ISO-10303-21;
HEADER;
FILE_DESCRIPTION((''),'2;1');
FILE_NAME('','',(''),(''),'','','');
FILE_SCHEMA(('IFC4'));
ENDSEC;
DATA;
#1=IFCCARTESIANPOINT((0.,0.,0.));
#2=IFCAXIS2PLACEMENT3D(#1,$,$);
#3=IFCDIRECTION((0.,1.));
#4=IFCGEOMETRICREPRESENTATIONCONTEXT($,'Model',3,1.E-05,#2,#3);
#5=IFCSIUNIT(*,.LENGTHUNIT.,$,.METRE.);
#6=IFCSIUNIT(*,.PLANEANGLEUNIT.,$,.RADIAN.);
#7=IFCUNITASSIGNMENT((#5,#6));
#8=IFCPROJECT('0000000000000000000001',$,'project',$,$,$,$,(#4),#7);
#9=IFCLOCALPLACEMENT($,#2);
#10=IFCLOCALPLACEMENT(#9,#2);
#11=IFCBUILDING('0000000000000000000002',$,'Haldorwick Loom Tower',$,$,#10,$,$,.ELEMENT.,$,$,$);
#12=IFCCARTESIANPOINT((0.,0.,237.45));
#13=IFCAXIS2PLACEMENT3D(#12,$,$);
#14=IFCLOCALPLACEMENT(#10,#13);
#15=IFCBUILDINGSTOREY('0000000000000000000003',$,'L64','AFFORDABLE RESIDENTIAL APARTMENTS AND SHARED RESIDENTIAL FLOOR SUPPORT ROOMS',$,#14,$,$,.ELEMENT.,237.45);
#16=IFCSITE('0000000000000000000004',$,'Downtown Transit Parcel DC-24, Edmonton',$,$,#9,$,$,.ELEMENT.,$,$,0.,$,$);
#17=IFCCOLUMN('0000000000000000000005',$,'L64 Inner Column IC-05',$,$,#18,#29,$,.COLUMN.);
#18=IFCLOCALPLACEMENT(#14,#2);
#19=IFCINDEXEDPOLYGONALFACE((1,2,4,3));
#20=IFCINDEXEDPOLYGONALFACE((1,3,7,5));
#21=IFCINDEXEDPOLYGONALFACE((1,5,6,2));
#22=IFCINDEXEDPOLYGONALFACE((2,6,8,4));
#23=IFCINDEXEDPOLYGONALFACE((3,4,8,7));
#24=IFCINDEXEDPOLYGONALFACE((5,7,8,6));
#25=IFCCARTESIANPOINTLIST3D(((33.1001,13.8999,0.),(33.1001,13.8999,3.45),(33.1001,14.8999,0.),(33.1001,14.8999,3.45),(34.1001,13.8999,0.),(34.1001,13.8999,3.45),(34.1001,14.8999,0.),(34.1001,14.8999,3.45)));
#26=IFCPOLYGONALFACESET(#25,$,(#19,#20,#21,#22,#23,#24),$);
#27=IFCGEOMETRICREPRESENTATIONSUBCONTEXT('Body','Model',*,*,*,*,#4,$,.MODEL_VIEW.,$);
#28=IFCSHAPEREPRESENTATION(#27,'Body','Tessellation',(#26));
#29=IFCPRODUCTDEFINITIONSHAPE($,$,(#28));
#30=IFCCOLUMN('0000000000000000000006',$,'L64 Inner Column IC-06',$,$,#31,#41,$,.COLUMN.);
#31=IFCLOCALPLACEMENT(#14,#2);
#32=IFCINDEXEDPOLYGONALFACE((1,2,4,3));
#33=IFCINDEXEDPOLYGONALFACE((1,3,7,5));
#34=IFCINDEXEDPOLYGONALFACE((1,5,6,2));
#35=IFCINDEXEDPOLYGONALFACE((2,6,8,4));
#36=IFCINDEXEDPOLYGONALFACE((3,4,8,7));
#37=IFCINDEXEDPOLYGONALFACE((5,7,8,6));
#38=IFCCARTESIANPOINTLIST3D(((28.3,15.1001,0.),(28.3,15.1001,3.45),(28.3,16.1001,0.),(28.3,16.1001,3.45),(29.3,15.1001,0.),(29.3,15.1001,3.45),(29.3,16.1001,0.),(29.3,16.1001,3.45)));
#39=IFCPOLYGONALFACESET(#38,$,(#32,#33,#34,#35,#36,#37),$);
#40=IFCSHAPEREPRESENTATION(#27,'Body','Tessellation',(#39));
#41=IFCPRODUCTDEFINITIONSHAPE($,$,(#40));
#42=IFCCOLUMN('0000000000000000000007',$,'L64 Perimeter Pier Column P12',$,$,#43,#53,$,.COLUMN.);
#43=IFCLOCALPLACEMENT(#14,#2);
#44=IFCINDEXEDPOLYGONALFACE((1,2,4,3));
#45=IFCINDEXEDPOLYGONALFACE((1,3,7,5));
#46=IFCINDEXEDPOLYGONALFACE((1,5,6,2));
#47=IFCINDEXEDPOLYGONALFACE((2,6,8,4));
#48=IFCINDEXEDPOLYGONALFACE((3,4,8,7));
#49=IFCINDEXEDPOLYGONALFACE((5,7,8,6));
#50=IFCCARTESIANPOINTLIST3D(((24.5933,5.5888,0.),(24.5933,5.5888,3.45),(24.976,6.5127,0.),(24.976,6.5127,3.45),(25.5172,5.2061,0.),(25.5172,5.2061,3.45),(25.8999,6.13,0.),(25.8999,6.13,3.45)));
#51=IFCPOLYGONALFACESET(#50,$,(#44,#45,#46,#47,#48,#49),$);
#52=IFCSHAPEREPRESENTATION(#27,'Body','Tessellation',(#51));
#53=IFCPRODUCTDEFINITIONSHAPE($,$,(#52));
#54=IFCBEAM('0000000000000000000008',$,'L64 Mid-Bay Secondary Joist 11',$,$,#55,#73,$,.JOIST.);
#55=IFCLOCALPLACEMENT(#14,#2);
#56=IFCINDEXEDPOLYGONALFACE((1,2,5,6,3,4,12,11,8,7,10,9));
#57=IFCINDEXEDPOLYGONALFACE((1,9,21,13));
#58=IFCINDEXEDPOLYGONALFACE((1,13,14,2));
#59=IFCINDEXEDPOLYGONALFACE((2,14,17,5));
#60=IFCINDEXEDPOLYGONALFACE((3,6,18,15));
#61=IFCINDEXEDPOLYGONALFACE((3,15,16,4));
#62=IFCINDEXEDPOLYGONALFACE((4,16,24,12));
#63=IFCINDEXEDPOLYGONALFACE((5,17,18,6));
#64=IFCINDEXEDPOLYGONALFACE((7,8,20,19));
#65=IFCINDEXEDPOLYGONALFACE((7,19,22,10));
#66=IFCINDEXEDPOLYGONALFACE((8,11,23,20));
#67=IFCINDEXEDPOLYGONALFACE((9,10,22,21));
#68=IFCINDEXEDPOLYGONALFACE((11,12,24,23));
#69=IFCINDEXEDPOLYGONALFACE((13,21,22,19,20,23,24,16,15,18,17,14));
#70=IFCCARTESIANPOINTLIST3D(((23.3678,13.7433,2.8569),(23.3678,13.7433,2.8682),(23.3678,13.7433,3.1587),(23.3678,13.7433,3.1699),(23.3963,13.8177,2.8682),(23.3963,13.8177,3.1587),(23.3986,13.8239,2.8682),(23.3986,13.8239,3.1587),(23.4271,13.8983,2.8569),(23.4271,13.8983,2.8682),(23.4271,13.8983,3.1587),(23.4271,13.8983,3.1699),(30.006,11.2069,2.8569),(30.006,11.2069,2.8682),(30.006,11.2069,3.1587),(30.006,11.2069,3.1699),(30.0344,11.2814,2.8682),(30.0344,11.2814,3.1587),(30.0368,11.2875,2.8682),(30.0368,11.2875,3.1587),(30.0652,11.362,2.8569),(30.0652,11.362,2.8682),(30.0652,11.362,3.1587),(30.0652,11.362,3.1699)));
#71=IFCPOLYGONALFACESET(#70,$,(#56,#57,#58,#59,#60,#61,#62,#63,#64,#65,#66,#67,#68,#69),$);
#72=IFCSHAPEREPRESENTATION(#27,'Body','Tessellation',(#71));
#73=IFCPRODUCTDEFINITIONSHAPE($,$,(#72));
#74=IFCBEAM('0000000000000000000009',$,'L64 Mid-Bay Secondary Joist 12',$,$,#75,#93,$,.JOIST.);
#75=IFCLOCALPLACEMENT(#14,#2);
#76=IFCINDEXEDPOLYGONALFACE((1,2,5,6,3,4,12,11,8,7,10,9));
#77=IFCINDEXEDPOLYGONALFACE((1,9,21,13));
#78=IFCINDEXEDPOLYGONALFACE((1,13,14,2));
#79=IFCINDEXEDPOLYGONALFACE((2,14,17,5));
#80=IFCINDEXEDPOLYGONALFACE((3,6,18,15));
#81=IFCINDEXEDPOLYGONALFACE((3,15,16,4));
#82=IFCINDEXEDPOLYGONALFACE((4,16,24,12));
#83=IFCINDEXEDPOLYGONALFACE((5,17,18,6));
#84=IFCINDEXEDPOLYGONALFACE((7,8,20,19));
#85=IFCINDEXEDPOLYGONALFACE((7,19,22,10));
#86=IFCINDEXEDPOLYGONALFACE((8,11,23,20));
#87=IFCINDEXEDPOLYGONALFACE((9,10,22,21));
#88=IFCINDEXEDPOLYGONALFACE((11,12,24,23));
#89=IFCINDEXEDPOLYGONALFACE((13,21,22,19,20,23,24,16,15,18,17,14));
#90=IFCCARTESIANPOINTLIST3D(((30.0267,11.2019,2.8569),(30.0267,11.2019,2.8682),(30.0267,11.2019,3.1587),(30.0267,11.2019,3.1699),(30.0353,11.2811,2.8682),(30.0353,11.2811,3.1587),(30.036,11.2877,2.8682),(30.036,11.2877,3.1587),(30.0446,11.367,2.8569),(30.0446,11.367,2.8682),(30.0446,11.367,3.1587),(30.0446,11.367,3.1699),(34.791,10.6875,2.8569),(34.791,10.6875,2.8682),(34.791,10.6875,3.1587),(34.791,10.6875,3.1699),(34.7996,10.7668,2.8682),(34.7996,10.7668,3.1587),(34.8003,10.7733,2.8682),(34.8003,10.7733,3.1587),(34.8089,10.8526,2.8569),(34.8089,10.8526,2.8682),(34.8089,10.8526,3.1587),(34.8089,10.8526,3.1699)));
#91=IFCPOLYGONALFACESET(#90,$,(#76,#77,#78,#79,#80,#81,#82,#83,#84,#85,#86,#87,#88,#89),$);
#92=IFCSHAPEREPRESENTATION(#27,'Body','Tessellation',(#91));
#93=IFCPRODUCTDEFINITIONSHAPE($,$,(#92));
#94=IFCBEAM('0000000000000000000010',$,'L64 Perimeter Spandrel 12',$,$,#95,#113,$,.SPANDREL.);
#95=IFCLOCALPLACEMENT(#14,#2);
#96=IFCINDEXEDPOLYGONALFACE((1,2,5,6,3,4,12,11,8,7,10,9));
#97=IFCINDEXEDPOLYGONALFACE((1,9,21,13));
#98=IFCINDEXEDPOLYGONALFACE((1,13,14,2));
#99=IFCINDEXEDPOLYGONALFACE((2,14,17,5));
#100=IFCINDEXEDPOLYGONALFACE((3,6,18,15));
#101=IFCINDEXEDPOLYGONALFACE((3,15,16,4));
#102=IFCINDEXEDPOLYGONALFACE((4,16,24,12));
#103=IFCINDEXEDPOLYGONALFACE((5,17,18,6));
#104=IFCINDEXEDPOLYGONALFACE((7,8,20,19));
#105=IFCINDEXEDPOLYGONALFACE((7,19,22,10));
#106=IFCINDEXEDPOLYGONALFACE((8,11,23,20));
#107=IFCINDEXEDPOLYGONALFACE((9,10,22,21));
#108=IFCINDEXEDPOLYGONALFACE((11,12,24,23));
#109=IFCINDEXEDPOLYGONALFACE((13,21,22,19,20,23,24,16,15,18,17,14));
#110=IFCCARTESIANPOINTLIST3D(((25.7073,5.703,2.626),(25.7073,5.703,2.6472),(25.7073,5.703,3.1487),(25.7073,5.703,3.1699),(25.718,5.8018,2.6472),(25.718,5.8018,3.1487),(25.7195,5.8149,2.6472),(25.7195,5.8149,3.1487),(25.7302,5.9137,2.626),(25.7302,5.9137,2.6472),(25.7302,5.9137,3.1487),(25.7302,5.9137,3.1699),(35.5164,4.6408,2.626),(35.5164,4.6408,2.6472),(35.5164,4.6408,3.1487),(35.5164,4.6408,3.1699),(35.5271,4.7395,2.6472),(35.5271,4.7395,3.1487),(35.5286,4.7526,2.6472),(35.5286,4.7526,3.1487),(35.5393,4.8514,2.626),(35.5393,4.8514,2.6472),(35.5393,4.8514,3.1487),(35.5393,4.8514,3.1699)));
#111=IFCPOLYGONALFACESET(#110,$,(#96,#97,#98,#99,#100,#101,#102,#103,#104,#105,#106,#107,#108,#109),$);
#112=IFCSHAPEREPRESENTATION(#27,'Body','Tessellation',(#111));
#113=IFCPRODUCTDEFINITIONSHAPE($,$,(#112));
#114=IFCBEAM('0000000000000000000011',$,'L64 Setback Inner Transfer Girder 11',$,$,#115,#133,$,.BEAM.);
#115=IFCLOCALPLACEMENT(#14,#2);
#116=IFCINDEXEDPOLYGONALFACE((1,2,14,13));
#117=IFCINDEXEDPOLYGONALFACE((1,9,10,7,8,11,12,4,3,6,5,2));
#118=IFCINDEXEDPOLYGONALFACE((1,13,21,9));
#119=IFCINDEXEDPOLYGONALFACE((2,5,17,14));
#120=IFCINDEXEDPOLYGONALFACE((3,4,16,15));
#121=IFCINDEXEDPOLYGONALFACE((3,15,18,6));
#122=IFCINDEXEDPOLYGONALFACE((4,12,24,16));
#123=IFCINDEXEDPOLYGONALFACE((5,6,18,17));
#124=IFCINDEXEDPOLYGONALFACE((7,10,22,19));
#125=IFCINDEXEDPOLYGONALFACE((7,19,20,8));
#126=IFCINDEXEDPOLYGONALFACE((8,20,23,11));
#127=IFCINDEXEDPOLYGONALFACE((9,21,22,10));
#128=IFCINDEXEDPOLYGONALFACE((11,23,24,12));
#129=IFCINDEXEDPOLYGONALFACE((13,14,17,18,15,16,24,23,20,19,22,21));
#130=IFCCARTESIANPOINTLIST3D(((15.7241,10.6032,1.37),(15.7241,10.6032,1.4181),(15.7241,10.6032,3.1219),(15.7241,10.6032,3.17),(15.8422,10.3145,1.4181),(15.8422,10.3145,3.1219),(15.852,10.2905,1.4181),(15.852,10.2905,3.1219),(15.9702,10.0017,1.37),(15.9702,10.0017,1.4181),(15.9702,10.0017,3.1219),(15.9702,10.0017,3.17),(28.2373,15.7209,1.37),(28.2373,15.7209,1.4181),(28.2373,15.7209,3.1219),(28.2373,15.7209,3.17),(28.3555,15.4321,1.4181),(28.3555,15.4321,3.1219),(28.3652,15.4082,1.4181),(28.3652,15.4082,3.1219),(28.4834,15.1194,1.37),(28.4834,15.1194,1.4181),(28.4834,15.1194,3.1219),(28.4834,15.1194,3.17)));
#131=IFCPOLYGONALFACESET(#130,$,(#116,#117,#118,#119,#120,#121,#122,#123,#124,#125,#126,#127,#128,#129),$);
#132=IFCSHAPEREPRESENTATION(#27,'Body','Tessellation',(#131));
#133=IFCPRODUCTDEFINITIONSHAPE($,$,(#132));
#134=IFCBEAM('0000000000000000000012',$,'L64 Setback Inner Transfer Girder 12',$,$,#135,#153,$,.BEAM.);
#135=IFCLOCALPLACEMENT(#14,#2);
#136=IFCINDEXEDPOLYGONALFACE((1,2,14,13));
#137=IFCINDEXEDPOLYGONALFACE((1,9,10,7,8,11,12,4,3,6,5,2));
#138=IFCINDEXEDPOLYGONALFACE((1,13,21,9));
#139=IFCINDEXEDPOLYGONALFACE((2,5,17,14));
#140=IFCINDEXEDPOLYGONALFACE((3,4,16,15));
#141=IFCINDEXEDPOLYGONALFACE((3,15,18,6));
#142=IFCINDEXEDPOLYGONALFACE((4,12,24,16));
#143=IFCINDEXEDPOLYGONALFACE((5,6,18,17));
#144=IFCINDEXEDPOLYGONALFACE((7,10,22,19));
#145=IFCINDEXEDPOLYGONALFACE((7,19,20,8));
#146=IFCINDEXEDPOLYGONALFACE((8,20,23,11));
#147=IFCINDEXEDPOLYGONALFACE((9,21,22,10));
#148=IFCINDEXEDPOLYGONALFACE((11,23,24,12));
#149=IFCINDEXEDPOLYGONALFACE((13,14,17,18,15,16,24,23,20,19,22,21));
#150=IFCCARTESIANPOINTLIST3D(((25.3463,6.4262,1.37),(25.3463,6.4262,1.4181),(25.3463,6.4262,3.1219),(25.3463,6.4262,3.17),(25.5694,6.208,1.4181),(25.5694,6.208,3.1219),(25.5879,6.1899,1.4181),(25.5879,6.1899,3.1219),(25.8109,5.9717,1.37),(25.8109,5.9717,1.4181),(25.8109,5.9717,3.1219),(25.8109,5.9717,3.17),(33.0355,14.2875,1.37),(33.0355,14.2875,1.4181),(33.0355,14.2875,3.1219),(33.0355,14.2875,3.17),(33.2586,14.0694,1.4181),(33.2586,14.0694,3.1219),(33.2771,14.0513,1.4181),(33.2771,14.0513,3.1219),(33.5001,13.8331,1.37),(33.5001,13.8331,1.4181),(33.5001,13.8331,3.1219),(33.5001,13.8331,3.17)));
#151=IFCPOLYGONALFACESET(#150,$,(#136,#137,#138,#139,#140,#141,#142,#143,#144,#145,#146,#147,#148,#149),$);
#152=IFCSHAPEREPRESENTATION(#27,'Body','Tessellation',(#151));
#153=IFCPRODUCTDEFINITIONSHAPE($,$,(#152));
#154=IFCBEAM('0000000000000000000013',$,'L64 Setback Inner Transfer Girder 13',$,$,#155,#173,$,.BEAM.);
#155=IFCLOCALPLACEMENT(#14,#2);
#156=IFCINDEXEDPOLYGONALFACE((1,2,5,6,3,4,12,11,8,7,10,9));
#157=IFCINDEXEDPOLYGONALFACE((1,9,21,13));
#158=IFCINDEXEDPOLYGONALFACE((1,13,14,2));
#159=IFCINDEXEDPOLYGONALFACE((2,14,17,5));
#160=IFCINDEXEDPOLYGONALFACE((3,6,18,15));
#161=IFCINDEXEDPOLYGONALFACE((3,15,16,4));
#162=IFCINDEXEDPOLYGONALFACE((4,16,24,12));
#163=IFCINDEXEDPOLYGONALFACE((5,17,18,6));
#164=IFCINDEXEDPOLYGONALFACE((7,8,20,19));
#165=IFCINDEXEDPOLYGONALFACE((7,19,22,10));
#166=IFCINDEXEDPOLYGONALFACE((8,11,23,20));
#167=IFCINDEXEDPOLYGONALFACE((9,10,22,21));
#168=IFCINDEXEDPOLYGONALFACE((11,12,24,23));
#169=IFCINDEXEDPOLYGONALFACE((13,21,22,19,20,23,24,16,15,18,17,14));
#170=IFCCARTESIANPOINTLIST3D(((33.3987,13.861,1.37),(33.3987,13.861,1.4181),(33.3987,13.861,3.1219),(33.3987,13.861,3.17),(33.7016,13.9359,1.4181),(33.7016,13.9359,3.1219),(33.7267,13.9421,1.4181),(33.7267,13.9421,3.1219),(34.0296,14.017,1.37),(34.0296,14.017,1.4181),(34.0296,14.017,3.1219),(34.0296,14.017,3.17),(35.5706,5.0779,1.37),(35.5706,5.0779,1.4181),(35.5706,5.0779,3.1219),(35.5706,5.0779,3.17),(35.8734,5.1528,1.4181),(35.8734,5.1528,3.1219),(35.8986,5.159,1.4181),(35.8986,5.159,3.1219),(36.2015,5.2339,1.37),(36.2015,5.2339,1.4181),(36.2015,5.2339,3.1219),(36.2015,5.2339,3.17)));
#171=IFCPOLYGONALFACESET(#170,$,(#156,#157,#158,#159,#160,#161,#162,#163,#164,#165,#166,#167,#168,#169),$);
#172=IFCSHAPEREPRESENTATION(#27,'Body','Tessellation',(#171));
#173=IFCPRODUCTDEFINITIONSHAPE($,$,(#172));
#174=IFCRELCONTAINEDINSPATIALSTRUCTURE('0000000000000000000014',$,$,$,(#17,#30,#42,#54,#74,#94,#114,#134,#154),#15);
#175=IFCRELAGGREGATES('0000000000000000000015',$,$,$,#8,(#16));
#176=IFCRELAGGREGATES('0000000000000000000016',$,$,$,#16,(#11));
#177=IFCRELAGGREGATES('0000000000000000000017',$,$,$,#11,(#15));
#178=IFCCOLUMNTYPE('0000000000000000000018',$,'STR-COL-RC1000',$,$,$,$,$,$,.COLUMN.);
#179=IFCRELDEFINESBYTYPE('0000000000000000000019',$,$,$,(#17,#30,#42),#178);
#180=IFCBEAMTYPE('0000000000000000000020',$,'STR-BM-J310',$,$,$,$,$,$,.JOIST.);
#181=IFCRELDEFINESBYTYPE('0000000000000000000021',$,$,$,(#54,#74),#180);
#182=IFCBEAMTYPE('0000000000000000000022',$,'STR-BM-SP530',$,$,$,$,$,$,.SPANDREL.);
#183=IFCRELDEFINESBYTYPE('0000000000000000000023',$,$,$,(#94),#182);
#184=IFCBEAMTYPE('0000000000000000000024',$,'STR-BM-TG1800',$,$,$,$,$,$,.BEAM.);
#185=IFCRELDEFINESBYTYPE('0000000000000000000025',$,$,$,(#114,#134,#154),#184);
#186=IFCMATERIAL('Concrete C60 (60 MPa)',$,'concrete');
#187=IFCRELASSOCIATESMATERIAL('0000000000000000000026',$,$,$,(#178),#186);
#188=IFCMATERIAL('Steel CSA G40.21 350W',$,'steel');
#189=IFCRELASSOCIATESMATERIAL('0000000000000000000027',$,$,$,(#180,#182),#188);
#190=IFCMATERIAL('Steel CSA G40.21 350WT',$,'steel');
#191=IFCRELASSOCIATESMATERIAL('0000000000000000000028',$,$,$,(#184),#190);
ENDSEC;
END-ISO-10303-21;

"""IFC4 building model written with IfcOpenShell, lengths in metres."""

from ifc_helpers import new_model, si_unit, direction, frame, origin, origin_2d, place, context, subcontext, project, spatial, rectangle, i_section, extrude, material, material_profile, profile_set, type_object, element, save


model = new_model("IFC4")

# Units and contexts
model_context = context("Model", 3, precision=1e-05, world=origin(), true_north=direction((0.0, 1.0)))
body_context = subcontext(model_context, "Body", "Model", "MODEL_VIEW")
ifc_project = project(units=[si_unit("LENGTHUNIT", "METRE"), si_unit("PLANEANGLEUNIT", "RADIAN")], contexts=[model_context])

# Site, building, storey
site_placement = place(None, origin())
site = spatial("IfcSite", under=ifc_project, at=site_placement, Name="Downtown Transit Parcel DC-24, Edmonton", CompositionType="ELEMENT", RefElevation=0.0)
building_placement = place(site_placement, origin())
building = spatial("IfcBuilding", under=site, at=building_placement, Name="Haldorwick Loom Tower", CompositionType="ELEMENT")
storey_placement = place(building_placement, frame((0.0, 0.0, 237.45)))
storey = spatial("IfcBuildingStorey", under=building, at=storey_placement, Name="L64", Description="AFFORDABLE RESIDENTIAL APARTMENTS AND SHARED RESIDENTIAL FLOOR SUPPORT ROOMS", CompositionType="ELEMENT", Elevation=237.45)

# Columns
ifc_material_1 = material(Name="Concrete C60 (60 MPa)", Category="concrete")
ifc_material_profile_1 = material_profile(ifc_material_1, rectangle(XDim=1.0, YDim=1.0, at=origin_2d()), Name="RC1000X1000", Category="concrete")
ifc_profile_set_1 = profile_set([ifc_material_profile_1], Name="Concrete C60 (60 MPa)")
column_type = type_object("IfcColumnType", Name="STR-COL-RC1000", PredefinedType="COLUMN", material=ifc_profile_set_1)
for number, where, z_axis, x_axis, name in (
    (1, (33.6001, 14.3999, 0.0), (0.0, 0.0, 1.0), (1.0, 0.0, 0.0), "L64 Inner Column IC-05"),
    (2, (28.8, 15.6001, 0.0), (0.0, 0.0, 1.0), (1.0, 0.0, 0.0), "L64 Inner Column IC-06"),
    (3, (25.2466, 5.8594, 0.0), (0.0, 0.0, 1.0), (-0.382683, -0.92388, 0.0), "L64 Perimeter Pier Column P12"),
):
    element("IfcColumn", number, at=place(storey_placement, frame(where, z_axis=z_axis, x_axis=x_axis)), inside=storey, type_object=column_type, Name=name, PredefinedType="COLUMN", context=body_context, shape_type="SweptSolid", body=[
        extrude(rectangle(XDim=1.0, YDim=1.0, at=origin_2d()), origin(), (0.0, 0.0, 1.0), 3.45),
    ])

# Beams
ifc_material_2 = material(Name="Steel CSA G40.21 350W", Category="steel")
ifc_material_profile_2 = material_profile(ifc_material_2, i_section(OverallWidth=0.166, OverallDepth=0.313, WebThickness=0.0066, FlangeThickness=0.0112, at=origin_2d()), Name="W310X45", Category="steel")
ifc_profile_set_2 = profile_set([ifc_material_profile_2], Name="Steel CSA G40.21 350W")
beam_type_1 = type_object("IfcBeamType", Name="STR-BM-J310", PredefinedType="JOIST", material=ifc_profile_set_2)
beam_1_placement = place(storey_placement, frame((23.3975, 13.8208, 3.0134), z_axis=(0.934134, -0.356922, 0.0), x_axis=(0.356922, 0.934134, 0.0)))
element("IfcBeam", 4, at=beam_1_placement, inside=storey, type_object=beam_type_1, Name="L64 Mid-Bay Secondary Joist 11", PredefinedType="JOIST", context=body_context, shape_type="SweptSolid", body=[
    extrude(i_section(OverallWidth=0.166, OverallDepth=0.313, WebThickness=0.0066, FlangeThickness=0.0112, at=origin_2d()), origin(), (0.0, 0.0, 1.0), 7.1062),
])
beam_2_placement = place(storey_placement, frame((30.0356, 11.2844, 3.0134), z_axis=(0.994222, -0.107344, 0.0), x_axis=(0.107344, 0.994222, 0.0)))
element("IfcBeam", 5, at=beam_2_placement, inside=storey, type_object=beam_type_1, Name="L64 Mid-Bay Secondary Joist 12", PredefinedType="JOIST", context=body_context, shape_type="SweptSolid", body=[
    extrude(i_section(OverallWidth=0.166, OverallDepth=0.313, WebThickness=0.0066, FlangeThickness=0.0112, at=origin_2d()), origin(), (0.0, 0.0, 1.0), 4.792),
])
ifc_material_profile_3 = material_profile(ifc_material_2, i_section(OverallWidth=0.2119, OverallDepth=0.5439, WebThickness=0.0132, FlangeThickness=0.0212, at=origin_2d()), Name="W530X123", Category="steel")
ifc_profile_set_3 = profile_set([ifc_material_profile_3], Name="Steel CSA G40.21 350W")
beam_type_2 = type_object("IfcBeamType", Name="STR-BM-SP530", PredefinedType="SPANDREL", material=ifc_profile_set_3)
beam_3_placement = place(storey_placement, frame((25.7188, 5.8083, 2.8979), z_axis=(0.994187, -0.107664, 0.0), x_axis=(0.107664, 0.994187, 0.0)))
element("IfcBeam", 6, at=beam_3_placement, inside=storey, type_object=beam_type_2, Name="L64 Perimeter Spandrel 12", PredefinedType="SPANDREL", context=body_context, shape_type="SweptSolid", body=[
    extrude(i_section(OverallWidth=0.2119, OverallDepth=0.5439, WebThickness=0.0132, FlangeThickness=0.0212, at=origin_2d()), origin(), (0.0, 0.0, 1.0), 9.8665),
])
ifc_material_3 = material(Name="Steel CSA G40.21 350WT", Category="steel")
ifc_material_profile_4 = material_profile(ifc_material_3, i_section(OverallWidth=0.6499, OverallDepth=1.8, WebThickness=0.0259, FlangeThickness=0.0481, at=origin_2d()), Name="WWF1800X650", Category="steel")
ifc_profile_set_4 = profile_set([ifc_material_profile_4], Name="Steel CSA G40.21 350WT")
beam_type_3 = type_object("IfcBeamType", Name="STR-BM-TG1800", PredefinedType="BEAM", material=ifc_profile_set_4)
beam_4_placement = place(storey_placement, frame((28.3604, 15.4202, 2.27), z_axis=(-0.925582, -0.378547, 0.0), x_axis=(0.378547, -0.925582, 0.0)))
element("IfcBeam", 7, at=beam_4_placement, inside=storey, type_object=beam_type_3, Name="L64 Setback Inner Transfer Girder 11", PredefinedType="BEAM", context=body_context, shape_type="SweptSolid", body=[
    extrude(i_section(OverallWidth=0.6499, OverallDepth=1.8, WebThickness=0.0259, FlangeThickness=0.0481, at=origin_2d()), origin(), (0.0, 0.0, 1.0), 13.5193),
])
beam_5_placement = place(storey_placement, frame((33.2678, 14.0603, 2.27), z_axis=(-0.699237, -0.71489, 0.0), x_axis=(0.71489, -0.699237, 0.0)))
element("IfcBeam", 8, at=beam_5_placement, inside=storey, type_object=beam_type_3, Name="L64 Setback Inner Transfer Girder 12", PredefinedType="BEAM", context=body_context, shape_type="SweptSolid", body=[
    extrude(i_section(OverallWidth=0.6499, OverallDepth=1.8, WebThickness=0.0259, FlangeThickness=0.0481, at=origin_2d()), origin(), (0.0, 0.0, 1.0), 10.9966),
])
beam_6_placement = place(storey_placement, frame((33.7141, 13.939, 2.27), z_axis=(0.240052, -0.97076, 0.0), x_axis=(0.97076, 0.240052, 0.0)))
element("IfcBeam", 9, at=beam_6_placement, inside=storey, type_object=beam_type_3, Name="L64 Setback Inner Transfer Girder 13", PredefinedType="BEAM", context=body_context, shape_type="SweptSolid", body=[
    extrude(i_section(OverallWidth=0.6499, OverallDepth=1.8, WebThickness=0.0259, FlangeThickness=0.0481, at=origin_2d()), origin(), (0.0, 0.0, 1.0), 9.0476),
])

save(model, "model.ifc")
